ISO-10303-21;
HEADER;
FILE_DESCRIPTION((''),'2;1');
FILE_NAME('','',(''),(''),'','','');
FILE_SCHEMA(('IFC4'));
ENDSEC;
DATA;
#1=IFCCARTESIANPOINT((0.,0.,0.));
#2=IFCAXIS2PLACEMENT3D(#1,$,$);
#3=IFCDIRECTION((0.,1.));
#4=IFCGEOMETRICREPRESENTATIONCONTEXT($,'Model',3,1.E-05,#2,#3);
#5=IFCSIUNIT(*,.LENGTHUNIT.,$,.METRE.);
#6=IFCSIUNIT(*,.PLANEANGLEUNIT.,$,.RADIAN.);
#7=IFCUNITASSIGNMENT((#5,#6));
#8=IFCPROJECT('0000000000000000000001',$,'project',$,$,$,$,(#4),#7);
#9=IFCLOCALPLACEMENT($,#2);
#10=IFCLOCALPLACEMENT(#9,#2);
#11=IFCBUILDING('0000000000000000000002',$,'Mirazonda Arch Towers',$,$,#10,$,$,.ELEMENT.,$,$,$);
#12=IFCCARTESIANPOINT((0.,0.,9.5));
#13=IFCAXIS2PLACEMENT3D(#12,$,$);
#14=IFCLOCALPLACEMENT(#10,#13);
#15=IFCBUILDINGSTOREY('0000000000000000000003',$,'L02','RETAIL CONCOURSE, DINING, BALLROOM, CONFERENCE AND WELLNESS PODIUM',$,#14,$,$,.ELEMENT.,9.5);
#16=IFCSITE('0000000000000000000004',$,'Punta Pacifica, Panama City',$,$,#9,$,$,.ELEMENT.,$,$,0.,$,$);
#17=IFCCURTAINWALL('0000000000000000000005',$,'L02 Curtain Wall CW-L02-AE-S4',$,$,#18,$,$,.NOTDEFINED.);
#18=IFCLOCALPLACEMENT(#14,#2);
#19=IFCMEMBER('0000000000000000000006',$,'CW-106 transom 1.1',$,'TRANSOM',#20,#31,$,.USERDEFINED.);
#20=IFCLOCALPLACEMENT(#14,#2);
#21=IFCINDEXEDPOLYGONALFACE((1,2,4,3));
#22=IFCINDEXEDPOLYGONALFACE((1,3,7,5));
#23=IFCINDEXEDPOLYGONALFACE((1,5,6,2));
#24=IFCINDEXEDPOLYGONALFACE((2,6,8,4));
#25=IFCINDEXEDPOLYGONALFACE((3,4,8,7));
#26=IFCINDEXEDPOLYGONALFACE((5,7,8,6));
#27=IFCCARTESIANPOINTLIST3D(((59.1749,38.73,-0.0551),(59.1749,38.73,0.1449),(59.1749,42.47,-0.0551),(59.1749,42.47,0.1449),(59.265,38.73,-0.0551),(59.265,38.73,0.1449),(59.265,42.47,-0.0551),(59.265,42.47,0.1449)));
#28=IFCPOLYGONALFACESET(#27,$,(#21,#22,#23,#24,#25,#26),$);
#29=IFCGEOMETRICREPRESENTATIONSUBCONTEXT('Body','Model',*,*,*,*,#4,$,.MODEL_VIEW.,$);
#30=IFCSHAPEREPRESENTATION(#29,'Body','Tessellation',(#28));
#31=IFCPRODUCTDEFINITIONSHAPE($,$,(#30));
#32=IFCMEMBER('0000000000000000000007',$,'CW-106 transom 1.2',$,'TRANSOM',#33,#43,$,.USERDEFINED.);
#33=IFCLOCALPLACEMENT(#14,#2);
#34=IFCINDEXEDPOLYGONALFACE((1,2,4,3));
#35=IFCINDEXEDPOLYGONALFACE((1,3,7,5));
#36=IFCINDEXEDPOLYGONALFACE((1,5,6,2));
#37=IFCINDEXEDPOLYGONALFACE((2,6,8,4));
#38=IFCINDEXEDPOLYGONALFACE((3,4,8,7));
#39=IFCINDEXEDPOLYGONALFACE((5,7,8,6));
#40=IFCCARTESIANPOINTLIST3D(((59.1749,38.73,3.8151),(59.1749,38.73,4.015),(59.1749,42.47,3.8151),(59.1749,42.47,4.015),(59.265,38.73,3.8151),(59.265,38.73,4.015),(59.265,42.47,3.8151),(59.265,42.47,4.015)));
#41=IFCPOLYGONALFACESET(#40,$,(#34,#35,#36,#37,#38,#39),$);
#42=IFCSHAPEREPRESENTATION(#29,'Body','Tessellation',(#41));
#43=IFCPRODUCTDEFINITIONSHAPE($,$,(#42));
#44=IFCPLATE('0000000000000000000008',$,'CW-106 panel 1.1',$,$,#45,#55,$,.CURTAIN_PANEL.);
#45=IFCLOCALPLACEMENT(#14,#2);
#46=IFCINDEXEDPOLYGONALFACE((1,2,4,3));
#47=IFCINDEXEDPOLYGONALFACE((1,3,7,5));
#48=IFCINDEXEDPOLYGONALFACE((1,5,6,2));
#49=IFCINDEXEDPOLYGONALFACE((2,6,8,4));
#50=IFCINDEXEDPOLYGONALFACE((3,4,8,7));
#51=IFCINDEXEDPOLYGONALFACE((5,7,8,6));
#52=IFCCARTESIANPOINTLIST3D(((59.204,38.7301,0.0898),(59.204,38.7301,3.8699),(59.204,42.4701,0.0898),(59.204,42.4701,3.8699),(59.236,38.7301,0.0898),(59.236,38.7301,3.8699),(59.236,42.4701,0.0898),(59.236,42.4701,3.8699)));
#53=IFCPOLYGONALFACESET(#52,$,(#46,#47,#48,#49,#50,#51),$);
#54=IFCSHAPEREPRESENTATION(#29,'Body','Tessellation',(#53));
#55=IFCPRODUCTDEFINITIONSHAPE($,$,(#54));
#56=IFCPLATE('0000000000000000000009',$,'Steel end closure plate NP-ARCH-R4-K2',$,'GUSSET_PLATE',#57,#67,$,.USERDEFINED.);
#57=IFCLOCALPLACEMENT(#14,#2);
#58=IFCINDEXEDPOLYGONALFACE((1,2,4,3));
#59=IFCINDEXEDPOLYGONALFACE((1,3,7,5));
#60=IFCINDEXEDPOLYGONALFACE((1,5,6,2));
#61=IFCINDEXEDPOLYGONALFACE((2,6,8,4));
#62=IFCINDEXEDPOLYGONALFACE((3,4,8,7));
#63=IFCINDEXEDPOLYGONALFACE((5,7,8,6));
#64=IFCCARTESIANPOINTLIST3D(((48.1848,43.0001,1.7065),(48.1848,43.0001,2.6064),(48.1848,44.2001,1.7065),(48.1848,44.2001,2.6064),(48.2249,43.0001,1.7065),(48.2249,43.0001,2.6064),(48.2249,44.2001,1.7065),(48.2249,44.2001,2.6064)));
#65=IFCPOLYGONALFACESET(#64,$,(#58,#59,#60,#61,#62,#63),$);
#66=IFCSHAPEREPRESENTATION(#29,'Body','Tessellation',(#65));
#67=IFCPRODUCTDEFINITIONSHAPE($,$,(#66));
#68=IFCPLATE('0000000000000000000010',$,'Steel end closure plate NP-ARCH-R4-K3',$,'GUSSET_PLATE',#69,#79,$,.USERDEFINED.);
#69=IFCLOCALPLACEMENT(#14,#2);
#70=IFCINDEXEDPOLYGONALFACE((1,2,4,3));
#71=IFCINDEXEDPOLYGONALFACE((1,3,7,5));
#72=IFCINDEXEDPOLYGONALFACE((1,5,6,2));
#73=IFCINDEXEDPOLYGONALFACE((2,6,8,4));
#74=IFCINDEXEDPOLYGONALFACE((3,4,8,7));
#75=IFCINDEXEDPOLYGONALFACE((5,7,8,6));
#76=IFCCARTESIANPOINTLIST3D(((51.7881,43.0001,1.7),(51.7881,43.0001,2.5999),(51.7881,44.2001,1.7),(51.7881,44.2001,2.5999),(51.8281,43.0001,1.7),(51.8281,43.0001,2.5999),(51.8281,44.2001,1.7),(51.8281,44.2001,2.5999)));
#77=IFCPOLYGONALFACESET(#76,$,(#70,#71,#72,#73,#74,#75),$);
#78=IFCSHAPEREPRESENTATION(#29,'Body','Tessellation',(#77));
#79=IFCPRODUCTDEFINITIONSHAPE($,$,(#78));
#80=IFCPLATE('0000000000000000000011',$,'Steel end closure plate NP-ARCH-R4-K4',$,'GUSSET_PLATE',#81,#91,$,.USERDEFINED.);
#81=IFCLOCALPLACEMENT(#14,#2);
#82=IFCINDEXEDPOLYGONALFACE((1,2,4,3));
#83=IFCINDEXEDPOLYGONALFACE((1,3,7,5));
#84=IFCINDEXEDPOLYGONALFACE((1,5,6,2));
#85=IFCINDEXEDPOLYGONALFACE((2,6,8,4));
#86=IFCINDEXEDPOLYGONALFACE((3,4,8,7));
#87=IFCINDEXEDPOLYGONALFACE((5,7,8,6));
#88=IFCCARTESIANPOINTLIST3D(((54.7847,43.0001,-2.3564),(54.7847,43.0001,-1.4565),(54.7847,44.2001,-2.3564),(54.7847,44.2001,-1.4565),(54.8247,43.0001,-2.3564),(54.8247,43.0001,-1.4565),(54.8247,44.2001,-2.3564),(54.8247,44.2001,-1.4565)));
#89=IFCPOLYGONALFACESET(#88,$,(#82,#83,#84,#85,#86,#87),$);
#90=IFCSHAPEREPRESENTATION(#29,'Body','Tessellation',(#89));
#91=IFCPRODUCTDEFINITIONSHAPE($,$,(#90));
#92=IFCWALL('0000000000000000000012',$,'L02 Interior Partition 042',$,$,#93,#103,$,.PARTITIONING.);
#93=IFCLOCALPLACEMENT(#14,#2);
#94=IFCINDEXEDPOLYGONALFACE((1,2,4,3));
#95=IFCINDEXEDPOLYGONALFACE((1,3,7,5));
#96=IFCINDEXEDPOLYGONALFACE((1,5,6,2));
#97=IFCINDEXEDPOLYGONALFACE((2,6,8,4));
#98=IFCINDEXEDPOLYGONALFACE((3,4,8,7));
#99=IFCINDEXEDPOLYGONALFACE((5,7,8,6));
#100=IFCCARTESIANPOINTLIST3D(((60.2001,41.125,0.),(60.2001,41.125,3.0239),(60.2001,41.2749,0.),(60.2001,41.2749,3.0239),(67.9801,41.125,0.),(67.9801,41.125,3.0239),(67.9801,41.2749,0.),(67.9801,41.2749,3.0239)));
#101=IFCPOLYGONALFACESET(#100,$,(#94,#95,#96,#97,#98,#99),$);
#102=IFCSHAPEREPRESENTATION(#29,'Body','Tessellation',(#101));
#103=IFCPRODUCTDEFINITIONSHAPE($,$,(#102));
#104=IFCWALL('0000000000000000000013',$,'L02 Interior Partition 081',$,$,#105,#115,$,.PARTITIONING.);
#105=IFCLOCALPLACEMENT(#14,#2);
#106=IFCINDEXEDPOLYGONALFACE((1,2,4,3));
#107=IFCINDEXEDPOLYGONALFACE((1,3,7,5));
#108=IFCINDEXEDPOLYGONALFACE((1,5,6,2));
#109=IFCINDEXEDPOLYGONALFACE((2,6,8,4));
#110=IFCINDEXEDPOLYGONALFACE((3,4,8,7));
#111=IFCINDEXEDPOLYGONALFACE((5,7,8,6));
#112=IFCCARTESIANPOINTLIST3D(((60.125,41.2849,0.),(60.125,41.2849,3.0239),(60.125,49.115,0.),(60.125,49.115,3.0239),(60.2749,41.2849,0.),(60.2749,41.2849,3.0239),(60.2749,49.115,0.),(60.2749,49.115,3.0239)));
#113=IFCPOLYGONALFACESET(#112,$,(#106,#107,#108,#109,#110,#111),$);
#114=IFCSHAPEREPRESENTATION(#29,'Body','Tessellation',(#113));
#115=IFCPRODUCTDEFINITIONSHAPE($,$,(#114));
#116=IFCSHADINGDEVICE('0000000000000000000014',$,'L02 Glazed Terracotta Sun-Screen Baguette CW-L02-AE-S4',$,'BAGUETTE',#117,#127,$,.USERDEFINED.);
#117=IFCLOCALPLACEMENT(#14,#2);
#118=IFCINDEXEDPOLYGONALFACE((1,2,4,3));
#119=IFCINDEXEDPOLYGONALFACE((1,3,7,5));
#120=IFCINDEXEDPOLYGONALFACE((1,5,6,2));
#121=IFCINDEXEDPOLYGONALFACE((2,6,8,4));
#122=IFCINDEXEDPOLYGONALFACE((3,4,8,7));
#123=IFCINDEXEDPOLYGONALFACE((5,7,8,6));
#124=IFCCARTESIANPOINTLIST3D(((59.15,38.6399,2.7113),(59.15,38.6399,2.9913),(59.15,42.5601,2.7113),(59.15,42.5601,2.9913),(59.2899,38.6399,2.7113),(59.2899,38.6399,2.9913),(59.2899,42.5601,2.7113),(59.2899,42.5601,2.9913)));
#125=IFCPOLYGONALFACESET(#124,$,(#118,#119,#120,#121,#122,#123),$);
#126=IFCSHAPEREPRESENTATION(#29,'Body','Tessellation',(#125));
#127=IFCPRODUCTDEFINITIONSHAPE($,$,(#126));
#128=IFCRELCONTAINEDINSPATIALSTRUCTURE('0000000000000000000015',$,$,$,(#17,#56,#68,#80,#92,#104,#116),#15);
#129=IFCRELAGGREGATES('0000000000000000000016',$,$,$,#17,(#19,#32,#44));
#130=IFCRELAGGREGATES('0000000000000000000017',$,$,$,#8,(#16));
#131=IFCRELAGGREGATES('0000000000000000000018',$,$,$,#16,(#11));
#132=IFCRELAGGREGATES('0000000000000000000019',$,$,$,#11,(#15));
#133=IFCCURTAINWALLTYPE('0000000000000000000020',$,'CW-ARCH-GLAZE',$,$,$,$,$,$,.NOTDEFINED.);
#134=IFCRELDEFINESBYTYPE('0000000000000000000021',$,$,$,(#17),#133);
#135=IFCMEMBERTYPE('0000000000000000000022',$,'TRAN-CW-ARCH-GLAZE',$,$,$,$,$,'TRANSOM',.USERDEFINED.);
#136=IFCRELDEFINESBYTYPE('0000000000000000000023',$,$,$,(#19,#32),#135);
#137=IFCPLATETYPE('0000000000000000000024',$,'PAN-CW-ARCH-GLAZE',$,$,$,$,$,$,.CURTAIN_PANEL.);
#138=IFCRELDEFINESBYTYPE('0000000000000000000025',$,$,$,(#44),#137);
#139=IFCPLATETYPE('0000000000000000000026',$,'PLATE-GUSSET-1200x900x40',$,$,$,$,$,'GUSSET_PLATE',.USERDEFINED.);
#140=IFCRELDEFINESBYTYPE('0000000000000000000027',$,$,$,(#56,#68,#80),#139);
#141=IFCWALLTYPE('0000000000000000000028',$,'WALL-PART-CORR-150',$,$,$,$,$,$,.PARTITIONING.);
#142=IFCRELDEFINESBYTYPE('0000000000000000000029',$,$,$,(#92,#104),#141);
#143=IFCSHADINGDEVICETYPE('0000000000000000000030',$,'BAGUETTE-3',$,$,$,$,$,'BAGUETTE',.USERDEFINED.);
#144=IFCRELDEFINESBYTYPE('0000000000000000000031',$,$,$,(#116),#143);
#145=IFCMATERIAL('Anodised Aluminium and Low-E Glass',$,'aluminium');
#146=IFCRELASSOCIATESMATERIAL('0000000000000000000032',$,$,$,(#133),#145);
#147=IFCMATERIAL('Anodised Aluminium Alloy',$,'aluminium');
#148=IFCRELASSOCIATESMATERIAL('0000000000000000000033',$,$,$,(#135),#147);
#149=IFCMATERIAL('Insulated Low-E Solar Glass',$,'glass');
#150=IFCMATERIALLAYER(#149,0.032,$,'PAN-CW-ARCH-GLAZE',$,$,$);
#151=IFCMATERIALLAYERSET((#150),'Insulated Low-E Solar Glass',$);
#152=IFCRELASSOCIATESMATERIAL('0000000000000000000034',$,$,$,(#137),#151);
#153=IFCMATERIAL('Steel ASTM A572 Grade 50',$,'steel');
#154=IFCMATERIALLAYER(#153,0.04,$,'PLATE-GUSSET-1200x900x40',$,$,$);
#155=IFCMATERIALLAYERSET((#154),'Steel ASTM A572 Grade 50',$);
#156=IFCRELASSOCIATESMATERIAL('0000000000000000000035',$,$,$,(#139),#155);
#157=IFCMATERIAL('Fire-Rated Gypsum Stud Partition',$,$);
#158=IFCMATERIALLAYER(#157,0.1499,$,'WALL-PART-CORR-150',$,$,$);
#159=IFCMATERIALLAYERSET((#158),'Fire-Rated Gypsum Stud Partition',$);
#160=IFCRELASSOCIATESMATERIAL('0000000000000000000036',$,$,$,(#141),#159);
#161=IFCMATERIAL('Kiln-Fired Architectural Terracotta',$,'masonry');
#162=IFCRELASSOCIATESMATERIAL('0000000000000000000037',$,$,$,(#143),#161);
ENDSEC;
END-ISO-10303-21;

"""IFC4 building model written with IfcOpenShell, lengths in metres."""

from ifc_helpers import new_model, si_unit, direction, frame, frame_2d, origin, origin_2d, place, context, subcontext, project, spatial, rectangle, extrude, material, layer, layer_set, material_profile, profile_set, type_object, element, aggregate, save


model = new_model("IFC4")

# Units and contexts
model_context = context("Model", 3, precision=1e-05, world=origin(), true_north=direction((0.0, 1.0)))
body_context = subcontext(model_context, "Body", "Model", "MODEL_VIEW")
ifc_project = project(units=[si_unit("LENGTHUNIT", "METRE"), si_unit("PLANEANGLEUNIT", "RADIAN")], contexts=[model_context])

# Site, building, storey
site_placement = place(None, origin())
site = spatial("IfcSite", under=ifc_project, at=site_placement, Name="Punta Pacifica, Panama City", CompositionType="ELEMENT", RefElevation=0.0)
building_placement = place(site_placement, origin())
building = spatial("IfcBuilding", under=site, at=building_placement, Name="Mirazonda Arch Towers", CompositionType="ELEMENT")
storey_placement = place(building_placement, frame((0.0, 0.0, 9.5)))
storey = spatial("IfcBuildingStorey", under=building, at=storey_placement, Name="L02", Description="RETAIL CONCOURSE, DINING, BALLROOM, CONFERENCE AND WELLNESS PODIUM", CompositionType="ELEMENT", Elevation=9.5)

# Shared definitions
ifc_material_1 = material(Name="Steel ASTM A572 Grade 50", Category="steel")

# Curtain wall, members, plate
ifc_material_2 = material(Name="Anodised Aluminium and Low-E Glass", Category="aluminium")
curtain_wall_type = type_object("IfcCurtainWallType", Name="CW-ARCH-GLAZE", PredefinedType="NOTDEFINED", material=ifc_material_2)
curtain_wall_placement = place(storey_placement, origin())
curtain_wall = element("IfcCurtainWall", 1, at=curtain_wall_placement, inside=storey, type_object=curtain_wall_type, Name="L02 Curtain Wall CW-L02-AE-S4", PredefinedType="NOTDEFINED")
ifc_material_3 = material(Name="Anodised Aluminium Alloy", Category="aluminium")
ifc_material_profile_1 = material_profile(ifc_material_3, rectangle(XDim=0.0901, YDim=0.2, at=origin_2d()), Name="ALU-TRAN-90x200")
ifc_profile_set_1 = profile_set([ifc_material_profile_1], Name="Anodised Aluminium Alloy")
member_type_1 = type_object("IfcMemberType", Name="TRAN-CW-ARCH-GLAZE", ElementType="TRANSOM", PredefinedType="USERDEFINED", material=ifc_profile_set_1)
member_1_placement = place(storey_placement, frame((59.22, 38.73, 0.0449), z_axis=(0.0, 1.0, 0.0), x_axis=(-1.0, 0.0, 0.0)))
member_1 = element("IfcMember", 2, at=member_1_placement, type_object=member_type_1, Name="CW-106 transom 1.1", ObjectType="TRANSOM", PredefinedType="USERDEFINED", context=body_context, shape_type="SweptSolid", body=[
    extrude(rectangle(XDim=0.0901, YDim=0.2, at=origin_2d()), origin(), (0.0, 0.0, 1.0), 3.74),
])
member_2_placement = place(storey_placement, frame((59.22, 38.73, 3.915), z_axis=(0.0, 1.0, 0.0), x_axis=(-1.0, 0.0, 0.0)))
member_2 = element("IfcMember", 3, at=member_2_placement, type_object=member_type_1, Name="CW-106 transom 1.2", ObjectType="TRANSOM", PredefinedType="USERDEFINED", context=body_context, shape_type="SweptSolid", body=[
    extrude(rectangle(XDim=0.0901, YDim=0.2, at=origin_2d()), origin(), (0.0, 0.0, 1.0), 3.74),
])
ifc_material_4 = material(Name="Insulated Low-E Solar Glass", Category="glass")
ifc_layer_1 = layer(ifc_material_4, 0.032, Name="PAN-CW-ARCH-GLAZE")
ifc_layer_set_1 = layer_set([ifc_layer_1], Name="Insulated Low-E Solar Glass")
plate_type_1 = type_object("IfcPlateType", Name="PAN-CW-ARCH-GLAZE", PredefinedType="CURTAIN_PANEL", material=ifc_layer_set_1)
plate_placement = place(storey_placement, frame((59.22, 40.6001, 0.0898), z_axis=(0.0, 0.0, 1.0), x_axis=(0.0, 1.0, 0.0)))
plate = element("IfcPlate", 4, at=plate_placement, type_object=plate_type_1, Name="CW-106 panel 1.1", PredefinedType="CURTAIN_PANEL", context=body_context, shape_type="SweptSolid", body=[
    extrude(rectangle(XDim=3.74, YDim=0.032, at=origin_2d()), origin(), (0.0, 0.0, 1.0), 3.78),
])
aggregate(curtain_wall, [member_1, member_2, plate])

# Plates
ifc_layer_2 = layer(ifc_material_1, 0.04, Name="PLATE-GUSSET-1200x900x40")
ifc_layer_set_2 = layer_set([ifc_layer_2], Name="Steel ASTM A572 Grade 50")
plate_type_2 = type_object("IfcPlateType", Name="PLATE-GUSSET-1200x900x40", ElementType="GUSSET_PLATE", PredefinedType="USERDEFINED", material=ifc_layer_set_2)
for number, where, z_axis, x_axis, name in (
    (5, (48.2048, 43.6001, 1.7065), (0.0, 0.0, 1.0), (1.0, 0.0, 0.0), "Steel end closure plate NP-ARCH-R4-K2"),
    (6, (51.8081, 43.6001, 1.7), (0.0, 0.0, 1.0), (1.0, 0.0, 0.0), "Steel end closure plate NP-ARCH-R4-K3"),
    (7, (54.8047, 43.6001, -2.3564), (0.0, 0.0, 1.0), (1.0, 0.0, 0.0), "Steel end closure plate NP-ARCH-R4-K4"),
):
    element("IfcPlate", number, at=place(storey_placement, frame(where, z_axis=z_axis, x_axis=x_axis)), inside=storey, type_object=plate_type_2, Name=name, ObjectType="GUSSET_PLATE", PredefinedType="USERDEFINED", context=body_context, shape_type="SweptSolid", body=[
        extrude(rectangle(XDim=0.04, YDim=1.2, at=origin_2d()), origin(), (0.0, 0.0, 1.0), 0.8999),
    ])

# Walls
ifc_material_5 = material(Name="Fire-Rated Gypsum Stud Partition")
ifc_layer_3 = layer(ifc_material_5, 0.1499, Name="WALL-PART-CORR-150")
ifc_layer_set_3 = layer_set([ifc_layer_3], Name="Fire-Rated Gypsum Stud Partition")
wall_type = type_object("IfcWallType", Name="WALL-PART-CORR-150", PredefinedType="PARTITIONING", material=ifc_layer_set_3)
wall_1_placement = place(storey_placement, frame((60.2, 41.2, 0.0), z_axis=(0.0, 0.0, 1.0), x_axis=(1.0, 0.0, 0.0)))
element("IfcWall", 8, at=wall_1_placement, inside=storey, type_object=wall_type, Name="L02 Interior Partition 042", PredefinedType="PARTITIONING", context=body_context, shape_type="SweptSolid", body=[
    extrude(rectangle(XDim=7.78, YDim=0.1499, at=frame_2d((3.8901, 0.0))), origin(), (0.0, 0.0, 1.0), 3.0239),
])
wall_2_placement = place(storey_placement, frame((60.2, 41.2849, 0.0), z_axis=(0.0, 0.0, 1.0), x_axis=(0.0, 1.0, 0.0)))
element("IfcWall", 9, at=wall_2_placement, inside=storey, type_object=wall_type, Name="L02 Interior Partition 081", PredefinedType="PARTITIONING", context=body_context, shape_type="SweptSolid", body=[
    extrude(rectangle(XDim=7.8301, YDim=0.1499, at=frame_2d((3.915, 0.0))), origin(), (0.0, 0.0, 1.0), 3.0239),
])

# Shading device
ifc_material_6 = material(Name="Kiln-Fired Architectural Terracotta", Category="masonry")
ifc_material_profile_2 = material_profile(ifc_material_6, rectangle(XDim=0.1399, YDim=0.28, at=origin_2d()), Name="TERRA-BAG-140x280")
ifc_profile_set_2 = profile_set([ifc_material_profile_2], Name="Kiln-Fired Architectural Terracotta")
shading_device_type = type_object("IfcShadingDeviceType", Name="BAGUETTE-3", ElementType="BAGUETTE", PredefinedType="USERDEFINED", material=ifc_profile_set_2)
shading_device_placement = place(storey_placement, frame((59.22, 38.6399, 2.8513), z_axis=(0.0, 1.0, 0.0), x_axis=(-1.0, 0.0, 0.0)))
element("IfcShadingDevice", 10, at=shading_device_placement, inside=storey, type_object=shading_device_type, Name="L02 Glazed Terracotta Sun-Screen Baguette CW-L02-AE-S4", ObjectType="BAGUETTE", PredefinedType="USERDEFINED", context=body_context, shape_type="SweptSolid", body=[
    extrude(rectangle(XDim=0.1399, YDim=0.28, at=origin_2d()), origin(), (0.0, 0.0, 1.0), 3.9202),
])

save(model, "model.ifc")
